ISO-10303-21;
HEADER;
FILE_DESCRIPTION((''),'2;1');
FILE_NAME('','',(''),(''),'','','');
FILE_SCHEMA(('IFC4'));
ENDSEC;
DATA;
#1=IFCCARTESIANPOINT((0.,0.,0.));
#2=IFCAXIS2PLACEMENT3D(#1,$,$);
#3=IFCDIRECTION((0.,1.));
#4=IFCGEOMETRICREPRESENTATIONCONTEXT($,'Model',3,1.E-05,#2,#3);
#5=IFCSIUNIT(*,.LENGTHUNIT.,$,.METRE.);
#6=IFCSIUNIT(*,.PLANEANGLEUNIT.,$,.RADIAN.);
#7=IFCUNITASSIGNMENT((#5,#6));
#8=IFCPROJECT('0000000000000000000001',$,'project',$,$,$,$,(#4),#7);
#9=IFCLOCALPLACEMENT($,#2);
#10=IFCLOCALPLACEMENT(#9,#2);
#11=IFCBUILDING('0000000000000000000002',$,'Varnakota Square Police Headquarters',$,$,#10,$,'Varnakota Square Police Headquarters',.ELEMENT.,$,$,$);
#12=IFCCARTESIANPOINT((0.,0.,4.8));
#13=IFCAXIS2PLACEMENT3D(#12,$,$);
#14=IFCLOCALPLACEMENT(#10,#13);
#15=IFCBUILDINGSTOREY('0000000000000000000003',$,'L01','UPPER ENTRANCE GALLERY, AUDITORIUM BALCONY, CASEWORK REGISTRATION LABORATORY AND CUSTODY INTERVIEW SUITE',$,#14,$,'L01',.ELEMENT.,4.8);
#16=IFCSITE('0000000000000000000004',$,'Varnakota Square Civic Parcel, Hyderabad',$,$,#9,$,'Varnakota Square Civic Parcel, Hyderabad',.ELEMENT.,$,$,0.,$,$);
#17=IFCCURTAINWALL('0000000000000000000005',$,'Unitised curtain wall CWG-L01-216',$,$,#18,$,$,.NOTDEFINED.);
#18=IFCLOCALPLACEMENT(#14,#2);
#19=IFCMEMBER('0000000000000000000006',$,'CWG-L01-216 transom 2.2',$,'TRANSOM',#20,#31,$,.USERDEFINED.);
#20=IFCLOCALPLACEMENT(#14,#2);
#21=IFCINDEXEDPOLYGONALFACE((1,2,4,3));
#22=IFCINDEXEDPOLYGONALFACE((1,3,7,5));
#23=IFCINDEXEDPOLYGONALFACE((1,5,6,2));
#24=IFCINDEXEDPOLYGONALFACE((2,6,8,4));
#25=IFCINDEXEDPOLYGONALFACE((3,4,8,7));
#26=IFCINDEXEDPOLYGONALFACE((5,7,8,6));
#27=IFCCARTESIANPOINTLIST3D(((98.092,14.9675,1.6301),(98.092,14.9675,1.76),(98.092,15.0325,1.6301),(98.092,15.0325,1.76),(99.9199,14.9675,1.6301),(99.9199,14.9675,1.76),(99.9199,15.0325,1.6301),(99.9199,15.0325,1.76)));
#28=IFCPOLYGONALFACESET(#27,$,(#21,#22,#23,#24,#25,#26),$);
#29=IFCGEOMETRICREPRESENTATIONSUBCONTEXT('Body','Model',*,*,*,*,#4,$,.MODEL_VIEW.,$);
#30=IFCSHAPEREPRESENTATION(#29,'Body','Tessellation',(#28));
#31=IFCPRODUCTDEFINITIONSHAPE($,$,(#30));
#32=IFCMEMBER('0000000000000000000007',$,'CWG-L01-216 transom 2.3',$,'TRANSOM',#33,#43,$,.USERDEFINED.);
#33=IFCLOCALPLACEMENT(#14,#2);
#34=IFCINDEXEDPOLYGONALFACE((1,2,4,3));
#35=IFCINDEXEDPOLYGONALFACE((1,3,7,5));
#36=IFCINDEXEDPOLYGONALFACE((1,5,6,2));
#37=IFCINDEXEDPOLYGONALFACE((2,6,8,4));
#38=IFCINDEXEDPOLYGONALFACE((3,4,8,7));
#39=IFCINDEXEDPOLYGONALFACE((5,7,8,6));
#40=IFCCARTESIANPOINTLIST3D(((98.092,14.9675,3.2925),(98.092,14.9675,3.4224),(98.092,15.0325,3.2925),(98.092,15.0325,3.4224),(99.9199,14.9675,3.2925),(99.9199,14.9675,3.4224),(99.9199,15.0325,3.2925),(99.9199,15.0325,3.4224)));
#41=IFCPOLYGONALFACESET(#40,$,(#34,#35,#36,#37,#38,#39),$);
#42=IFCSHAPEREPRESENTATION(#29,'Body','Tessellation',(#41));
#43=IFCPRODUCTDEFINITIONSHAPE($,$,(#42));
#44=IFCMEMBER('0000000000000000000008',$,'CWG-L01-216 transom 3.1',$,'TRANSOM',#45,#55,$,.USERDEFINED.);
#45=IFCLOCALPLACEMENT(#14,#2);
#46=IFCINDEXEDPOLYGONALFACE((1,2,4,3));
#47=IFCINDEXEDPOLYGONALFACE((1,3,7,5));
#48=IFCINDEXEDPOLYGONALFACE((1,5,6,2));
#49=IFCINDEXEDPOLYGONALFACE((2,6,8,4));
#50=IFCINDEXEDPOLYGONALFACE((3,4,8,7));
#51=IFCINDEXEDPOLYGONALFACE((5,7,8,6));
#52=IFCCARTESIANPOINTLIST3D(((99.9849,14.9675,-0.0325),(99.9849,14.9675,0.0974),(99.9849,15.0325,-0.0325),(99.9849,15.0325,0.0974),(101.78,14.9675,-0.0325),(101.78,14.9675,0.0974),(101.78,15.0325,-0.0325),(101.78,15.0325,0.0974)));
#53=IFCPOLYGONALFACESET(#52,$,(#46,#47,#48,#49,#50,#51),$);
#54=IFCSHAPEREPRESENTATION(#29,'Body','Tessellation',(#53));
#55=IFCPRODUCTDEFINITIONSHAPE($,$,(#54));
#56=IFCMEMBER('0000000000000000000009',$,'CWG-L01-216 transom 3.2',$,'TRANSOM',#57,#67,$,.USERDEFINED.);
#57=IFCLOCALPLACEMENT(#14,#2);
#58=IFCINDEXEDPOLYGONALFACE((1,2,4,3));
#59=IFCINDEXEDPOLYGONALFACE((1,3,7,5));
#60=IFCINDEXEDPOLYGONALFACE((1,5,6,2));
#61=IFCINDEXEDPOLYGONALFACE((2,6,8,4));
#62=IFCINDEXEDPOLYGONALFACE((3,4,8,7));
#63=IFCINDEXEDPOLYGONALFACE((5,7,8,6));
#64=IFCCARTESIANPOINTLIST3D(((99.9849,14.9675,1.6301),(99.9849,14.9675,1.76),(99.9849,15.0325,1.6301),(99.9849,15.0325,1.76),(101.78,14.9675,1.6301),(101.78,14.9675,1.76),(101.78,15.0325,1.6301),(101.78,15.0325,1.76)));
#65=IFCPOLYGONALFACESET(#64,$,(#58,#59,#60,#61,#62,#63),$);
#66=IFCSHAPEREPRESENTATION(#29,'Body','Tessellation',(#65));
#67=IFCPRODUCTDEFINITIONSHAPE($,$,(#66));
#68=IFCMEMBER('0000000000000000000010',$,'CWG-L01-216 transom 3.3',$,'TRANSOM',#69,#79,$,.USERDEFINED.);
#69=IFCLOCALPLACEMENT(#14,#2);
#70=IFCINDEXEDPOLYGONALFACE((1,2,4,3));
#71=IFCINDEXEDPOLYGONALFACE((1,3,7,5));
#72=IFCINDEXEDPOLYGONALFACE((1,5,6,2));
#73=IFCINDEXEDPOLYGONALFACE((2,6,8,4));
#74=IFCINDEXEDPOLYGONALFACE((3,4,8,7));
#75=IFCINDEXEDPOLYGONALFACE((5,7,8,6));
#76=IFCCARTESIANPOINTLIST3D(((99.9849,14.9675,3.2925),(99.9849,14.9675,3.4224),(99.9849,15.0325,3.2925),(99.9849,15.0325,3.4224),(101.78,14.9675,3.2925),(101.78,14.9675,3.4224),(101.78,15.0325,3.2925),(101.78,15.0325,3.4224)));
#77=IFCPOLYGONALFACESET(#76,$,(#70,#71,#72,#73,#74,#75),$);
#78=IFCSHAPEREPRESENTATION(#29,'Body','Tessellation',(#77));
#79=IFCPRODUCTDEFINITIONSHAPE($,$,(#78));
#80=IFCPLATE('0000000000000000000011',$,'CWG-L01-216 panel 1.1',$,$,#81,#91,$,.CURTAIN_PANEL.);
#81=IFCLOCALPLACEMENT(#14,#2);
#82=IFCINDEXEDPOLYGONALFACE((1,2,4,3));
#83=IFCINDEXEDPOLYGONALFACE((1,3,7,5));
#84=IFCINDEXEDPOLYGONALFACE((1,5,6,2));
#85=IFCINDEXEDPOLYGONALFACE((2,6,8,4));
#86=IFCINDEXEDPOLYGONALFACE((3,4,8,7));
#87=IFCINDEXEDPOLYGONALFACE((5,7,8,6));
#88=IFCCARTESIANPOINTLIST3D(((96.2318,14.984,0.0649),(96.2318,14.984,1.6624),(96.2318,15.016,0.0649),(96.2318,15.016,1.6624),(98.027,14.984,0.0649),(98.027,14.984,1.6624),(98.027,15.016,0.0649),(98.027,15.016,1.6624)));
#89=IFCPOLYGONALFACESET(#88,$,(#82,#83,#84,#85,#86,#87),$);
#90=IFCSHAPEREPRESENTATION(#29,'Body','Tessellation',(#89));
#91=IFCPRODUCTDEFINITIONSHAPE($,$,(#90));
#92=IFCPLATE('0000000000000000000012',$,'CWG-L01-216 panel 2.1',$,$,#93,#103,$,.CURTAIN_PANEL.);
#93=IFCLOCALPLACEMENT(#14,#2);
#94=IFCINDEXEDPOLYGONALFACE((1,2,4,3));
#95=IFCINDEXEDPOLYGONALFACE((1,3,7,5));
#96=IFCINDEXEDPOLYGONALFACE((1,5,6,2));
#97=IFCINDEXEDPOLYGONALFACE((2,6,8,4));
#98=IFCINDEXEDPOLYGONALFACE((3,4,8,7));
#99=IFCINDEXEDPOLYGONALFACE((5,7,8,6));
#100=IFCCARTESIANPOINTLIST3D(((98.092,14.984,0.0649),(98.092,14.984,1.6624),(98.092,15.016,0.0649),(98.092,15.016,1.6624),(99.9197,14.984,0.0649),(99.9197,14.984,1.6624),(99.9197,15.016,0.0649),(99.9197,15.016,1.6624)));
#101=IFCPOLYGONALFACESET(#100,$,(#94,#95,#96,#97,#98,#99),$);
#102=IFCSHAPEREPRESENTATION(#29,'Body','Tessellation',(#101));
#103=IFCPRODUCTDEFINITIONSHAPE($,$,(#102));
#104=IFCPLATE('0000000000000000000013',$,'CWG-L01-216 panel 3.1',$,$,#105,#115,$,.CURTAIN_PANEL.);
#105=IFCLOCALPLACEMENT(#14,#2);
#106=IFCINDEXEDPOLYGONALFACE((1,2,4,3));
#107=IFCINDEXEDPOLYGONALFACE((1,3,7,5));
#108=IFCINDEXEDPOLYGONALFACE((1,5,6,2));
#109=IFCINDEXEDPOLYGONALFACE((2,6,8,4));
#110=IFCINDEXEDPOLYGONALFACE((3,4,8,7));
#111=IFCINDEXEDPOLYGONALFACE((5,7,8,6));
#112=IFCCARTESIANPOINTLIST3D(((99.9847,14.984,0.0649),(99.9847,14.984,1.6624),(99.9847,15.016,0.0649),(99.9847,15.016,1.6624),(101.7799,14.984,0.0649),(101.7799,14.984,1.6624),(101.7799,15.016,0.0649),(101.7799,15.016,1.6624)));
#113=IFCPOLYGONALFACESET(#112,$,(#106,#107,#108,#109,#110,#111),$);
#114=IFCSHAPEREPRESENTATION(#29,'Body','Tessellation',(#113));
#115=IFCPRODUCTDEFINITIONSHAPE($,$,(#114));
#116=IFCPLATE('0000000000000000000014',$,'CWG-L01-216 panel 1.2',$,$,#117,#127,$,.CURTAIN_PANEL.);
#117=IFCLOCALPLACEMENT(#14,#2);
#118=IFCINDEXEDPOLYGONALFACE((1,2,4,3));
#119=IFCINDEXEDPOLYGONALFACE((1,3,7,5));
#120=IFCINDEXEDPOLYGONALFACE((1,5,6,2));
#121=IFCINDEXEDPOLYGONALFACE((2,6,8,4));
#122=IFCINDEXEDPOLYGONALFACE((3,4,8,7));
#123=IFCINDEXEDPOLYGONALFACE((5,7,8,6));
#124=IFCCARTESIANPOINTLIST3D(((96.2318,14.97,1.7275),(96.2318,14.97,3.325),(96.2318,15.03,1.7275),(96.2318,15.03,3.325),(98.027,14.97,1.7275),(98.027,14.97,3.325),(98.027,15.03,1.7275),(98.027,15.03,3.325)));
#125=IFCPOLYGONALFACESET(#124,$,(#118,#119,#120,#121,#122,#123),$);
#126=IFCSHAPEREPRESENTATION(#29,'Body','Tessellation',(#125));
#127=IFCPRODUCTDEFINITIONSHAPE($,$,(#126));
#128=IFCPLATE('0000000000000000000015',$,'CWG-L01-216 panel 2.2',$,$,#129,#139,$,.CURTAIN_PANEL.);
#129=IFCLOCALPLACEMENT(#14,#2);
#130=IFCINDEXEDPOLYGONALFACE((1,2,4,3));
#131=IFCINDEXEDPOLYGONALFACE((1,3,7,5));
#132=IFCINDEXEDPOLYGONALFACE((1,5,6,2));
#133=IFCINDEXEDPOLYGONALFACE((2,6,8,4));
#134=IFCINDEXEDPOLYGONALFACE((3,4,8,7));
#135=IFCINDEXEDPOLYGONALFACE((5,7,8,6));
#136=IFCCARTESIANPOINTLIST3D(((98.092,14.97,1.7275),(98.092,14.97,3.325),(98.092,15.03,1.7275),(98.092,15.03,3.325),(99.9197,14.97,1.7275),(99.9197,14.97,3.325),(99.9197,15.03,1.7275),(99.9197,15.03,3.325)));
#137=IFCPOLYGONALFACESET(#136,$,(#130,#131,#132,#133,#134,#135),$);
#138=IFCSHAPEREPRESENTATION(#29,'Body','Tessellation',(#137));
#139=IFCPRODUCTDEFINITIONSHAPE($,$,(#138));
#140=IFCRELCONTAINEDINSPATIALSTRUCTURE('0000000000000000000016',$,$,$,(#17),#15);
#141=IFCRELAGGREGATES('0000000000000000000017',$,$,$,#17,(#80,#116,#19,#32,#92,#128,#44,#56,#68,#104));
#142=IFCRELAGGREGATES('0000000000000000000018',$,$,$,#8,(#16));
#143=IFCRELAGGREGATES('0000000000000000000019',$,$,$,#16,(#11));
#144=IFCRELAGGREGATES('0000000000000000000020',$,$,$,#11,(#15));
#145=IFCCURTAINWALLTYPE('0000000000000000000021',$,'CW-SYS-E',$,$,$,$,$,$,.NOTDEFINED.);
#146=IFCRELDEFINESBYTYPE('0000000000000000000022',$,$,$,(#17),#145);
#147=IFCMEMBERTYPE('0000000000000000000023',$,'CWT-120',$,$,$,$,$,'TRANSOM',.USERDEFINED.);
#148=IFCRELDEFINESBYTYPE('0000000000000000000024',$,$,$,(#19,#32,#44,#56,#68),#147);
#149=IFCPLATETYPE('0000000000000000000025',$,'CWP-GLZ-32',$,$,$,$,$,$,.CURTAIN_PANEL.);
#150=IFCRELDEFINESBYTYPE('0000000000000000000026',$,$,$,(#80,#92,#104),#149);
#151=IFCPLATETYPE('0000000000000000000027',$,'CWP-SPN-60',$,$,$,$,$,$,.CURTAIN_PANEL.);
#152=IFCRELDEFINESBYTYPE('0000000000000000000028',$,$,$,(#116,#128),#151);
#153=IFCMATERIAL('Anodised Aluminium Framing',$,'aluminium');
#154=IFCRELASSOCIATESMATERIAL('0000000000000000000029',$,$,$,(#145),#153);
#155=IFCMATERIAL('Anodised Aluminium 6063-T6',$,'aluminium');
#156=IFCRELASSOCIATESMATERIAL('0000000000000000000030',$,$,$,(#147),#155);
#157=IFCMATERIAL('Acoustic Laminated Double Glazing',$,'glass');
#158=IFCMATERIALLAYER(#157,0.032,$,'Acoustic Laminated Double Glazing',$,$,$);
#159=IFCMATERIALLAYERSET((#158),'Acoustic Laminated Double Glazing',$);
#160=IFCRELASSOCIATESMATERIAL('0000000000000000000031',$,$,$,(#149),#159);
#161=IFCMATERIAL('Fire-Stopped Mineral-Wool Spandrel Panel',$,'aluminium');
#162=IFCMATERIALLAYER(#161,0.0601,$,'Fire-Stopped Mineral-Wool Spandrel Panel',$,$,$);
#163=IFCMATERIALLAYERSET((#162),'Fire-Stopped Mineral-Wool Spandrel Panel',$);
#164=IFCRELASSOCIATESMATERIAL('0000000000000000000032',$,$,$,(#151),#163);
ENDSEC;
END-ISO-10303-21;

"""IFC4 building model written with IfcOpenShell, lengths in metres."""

from ifc_helpers import new_model, si_unit, direction, frame, origin, origin_2d, place, context, subcontext, project, spatial, rectangle, extrude, material, layer, layer_set, material_profile, profile_set, type_object, element, aggregate, save


model = new_model("IFC4")

# Units and contexts
model_context = context("Model", 3, precision=1e-05, world=origin(), true_north=direction((0.0, 1.0)))
body_context = subcontext(model_context, "Body", "Model", "MODEL_VIEW")
ifc_project = project(units=[si_unit("LENGTHUNIT", "METRE"), si_unit("PLANEANGLEUNIT", "RADIAN")], contexts=[model_context])

# Site, building, storey
site_placement = place(None, origin())
site = spatial("IfcSite", under=ifc_project, at=site_placement, Name="Varnakota Square Civic Parcel, Hyderabad", LongName="Varnakota Square Civic Parcel, Hyderabad", CompositionType="ELEMENT", RefElevation=0.0)
building_placement = place(site_placement, origin())
building = spatial("IfcBuilding", under=site, at=building_placement, Name="Varnakota Square Police Headquarters", LongName="Varnakota Square Police Headquarters", CompositionType="ELEMENT")
storey_placement = place(building_placement, frame((0.0, 0.0, 4.8)))
storey = spatial("IfcBuildingStorey", under=building, at=storey_placement, Name="L01", Description="UPPER ENTRANCE GALLERY, AUDITORIUM BALCONY, CASEWORK REGISTRATION LABORATORY AND CUSTODY INTERVIEW SUITE", LongName="L01", CompositionType="ELEMENT", Elevation=4.8)

# Curtain wall, members, plates
ifc_material_1 = material(Name="Anodised Aluminium Framing", Category="aluminium")
curtain_wall_type = type_object("IfcCurtainWallType", Name="CW-SYS-E", PredefinedType="NOTDEFINED", material=ifc_material_1)
curtain_wall_placement = place(storey_placement, origin())
curtain_wall = element("IfcCurtainWall", 1, at=curtain_wall_placement, inside=storey, type_object=curtain_wall_type, Name="Unitised curtain wall CWG-L01-216", PredefinedType="NOTDEFINED")
ifc_material_2 = material(Name="Anodised Aluminium 6063-T6", Category="aluminium")
ifc_material_profile_1 = material_profile(ifc_material_2, rectangle(XDim=0.0649, YDim=0.1299, at=origin_2d()), Name="ALU TRANSOM 65x130")
ifc_profile_set_1 = profile_set([ifc_material_profile_1], Name="Anodised Aluminium 6063-T6")
member_type_1 = type_object("IfcMemberType", Name="CWT-120", ElementType="TRANSOM", PredefinedType="USERDEFINED", material=ifc_profile_set_1)
member_1_placement = place(storey_placement, frame((98.092, 15.0, 1.6951), z_axis=(1.0, 0.0, 0.0), x_axis=(0.0, 1.0, 0.0)))
member_1 = element("IfcMember", 2, at=member_1_placement, type_object=member_type_1, Name="CWG-L01-216 transom 2.2", ObjectType="TRANSOM", PredefinedType="USERDEFINED", context=body_context, shape_type="SweptSolid", body=[
    extrude(rectangle(XDim=0.0649, YDim=0.1299, at=origin_2d()), origin(), (0.0, 0.0, 1.0), 1.8279),
])
member_2_placement = place(storey_placement, frame((98.092, 15.0, 3.3574), z_axis=(1.0, 0.0, 0.0), x_axis=(0.0, 1.0, 0.0)))
member_2 = element("IfcMember", 3, at=member_2_placement, type_object=member_type_1, Name="CWG-L01-216 transom 2.3", ObjectType="TRANSOM", PredefinedType="USERDEFINED", context=body_context, shape_type="SweptSolid", body=[
    extrude(rectangle(XDim=0.0649, YDim=0.1299, at=origin_2d()), origin(), (0.0, 0.0, 1.0), 1.8279),
])
member_3_placement = place(storey_placement, frame((99.9849, 15.0, 0.0325), z_axis=(1.0, 0.0, 0.0), x_axis=(0.0, 1.0, 0.0)))
member_3 = element("IfcMember", 4, at=member_3_placement, type_object=member_type_1, Name="CWG-L01-216 transom 3.1", ObjectType="TRANSOM", PredefinedType="USERDEFINED", context=body_context, shape_type="SweptSolid", body=[
    extrude(rectangle(XDim=0.0649, YDim=0.1299, at=origin_2d()), origin(), (0.0, 0.0, 1.0), 1.7952),
])
member_4_placement = place(storey_placement, frame((99.9849, 15.0, 1.6951), z_axis=(1.0, 0.0, 0.0), x_axis=(0.0, 1.0, 0.0)))
member_4 = element("IfcMember", 5, at=member_4_placement, type_object=member_type_1, Name="CWG-L01-216 transom 3.2", ObjectType="TRANSOM", PredefinedType="USERDEFINED", context=body_context, shape_type="SweptSolid", body=[
    extrude(rectangle(XDim=0.0649, YDim=0.1299, at=origin_2d()), origin(), (0.0, 0.0, 1.0), 1.7952),
])
member_5_placement = place(storey_placement, frame((99.9849, 15.0, 3.3574), z_axis=(1.0, 0.0, 0.0), x_axis=(0.0, 1.0, 0.0)))
member_5 = element("IfcMember", 6, at=member_5_placement, type_object=member_type_1, Name="CWG-L01-216 transom 3.3", ObjectType="TRANSOM", PredefinedType="USERDEFINED", context=body_context, shape_type="SweptSolid", body=[
    extrude(rectangle(XDim=0.0649, YDim=0.1299, at=origin_2d()), origin(), (0.0, 0.0, 1.0), 1.7952),
])
ifc_material_3 = material(Name="Acoustic Laminated Double Glazing", Category="glass")
ifc_layer_1 = layer(ifc_material_3, 0.032, Name="Acoustic Laminated Double Glazing")
ifc_layer_set_1 = layer_set([ifc_layer_1], Name="Acoustic Laminated Double Glazing")
plate_type_1 = type_object("IfcPlateType", Name="CWP-GLZ-32", PredefinedType="CURTAIN_PANEL", material=ifc_layer_set_1)
plate_1_placement = place(storey_placement, frame((97.1294, 15.0, 0.0649), z_axis=(0.0, 0.0, 1.0), x_axis=(1.0, 0.0, 0.0)))
plate_1 = element("IfcPlate", 7, at=plate_1_placement, type_object=plate_type_1, Name="CWG-L01-216 panel 1.1", PredefinedType="CURTAIN_PANEL", context=body_context, shape_type="SweptSolid", body=[
    extrude(rectangle(XDim=1.7952, YDim=0.032, at=origin_2d()), origin(), (0.0, 0.0, 1.0), 1.5974),
])
plate_2_placement = place(storey_placement, frame((99.0059, 15.0, 0.0649), z_axis=(0.0, 0.0, 1.0), x_axis=(1.0, 0.0, 0.0)))
plate_2 = element("IfcPlate", 8, at=plate_2_placement, type_object=plate_type_1, Name="CWG-L01-216 panel 2.1", PredefinedType="CURTAIN_PANEL", context=body_context, shape_type="SweptSolid", body=[
    extrude(rectangle(XDim=1.8276, YDim=0.032, at=origin_2d()), origin(), (0.0, 0.0, 1.0), 1.5974),
])
plate_3_placement = place(storey_placement, frame((100.8823, 15.0, 0.0649), z_axis=(0.0, 0.0, 1.0), x_axis=(1.0, 0.0, 0.0)))
plate_3 = element("IfcPlate", 9, at=plate_3_placement, type_object=plate_type_1, Name="CWG-L01-216 panel 3.1", PredefinedType="CURTAIN_PANEL", context=body_context, shape_type="SweptSolid", body=[
    extrude(rectangle(XDim=1.7952, YDim=0.032, at=origin_2d()), origin(), (0.0, 0.0, 1.0), 1.5974),
])
ifc_material_4 = material(Name="Fire-Stopped Mineral-Wool Spandrel Panel", Category="aluminium")
ifc_layer_2 = layer(ifc_material_4, 0.0601, Name="Fire-Stopped Mineral-Wool Spandrel Panel")
ifc_layer_set_2 = layer_set([ifc_layer_2], Name="Fire-Stopped Mineral-Wool Spandrel Panel")
plate_type_2 = type_object("IfcPlateType", Name="CWP-SPN-60", PredefinedType="CURTAIN_PANEL", material=ifc_layer_set_2)
plate_4_placement = place(storey_placement, frame((97.1294, 15.0, 1.7275), z_axis=(0.0, 0.0, 1.0), x_axis=(1.0, 0.0, 0.0)))
plate_4 = element("IfcPlate", 10, at=plate_4_placement, type_object=plate_type_2, Name="CWG-L01-216 panel 1.2", PredefinedType="CURTAIN_PANEL", context=body_context, shape_type="SweptSolid", body=[
    extrude(rectangle(XDim=1.7952, YDim=0.0601, at=origin_2d()), origin(), (0.0, 0.0, 1.0), 1.5974),
])
plate_5_placement = place(storey_placement, frame((99.0059, 15.0, 1.7275), z_axis=(0.0, 0.0, 1.0), x_axis=(1.0, 0.0, 0.0)))
plate_5 = element("IfcPlate", 11, at=plate_5_placement, type_object=plate_type_2, Name="CWG-L01-216 panel 2.2", PredefinedType="CURTAIN_PANEL", context=body_context, shape_type="SweptSolid", body=[
    extrude(rectangle(XDim=1.8276, YDim=0.0601, at=origin_2d()), origin(), (0.0, 0.0, 1.0), 1.5974),
])
aggregate(curtain_wall, [plate_1, plate_4, member_1, member_2, plate_2, plate_5, member_3, member_4, member_5, plate_3])

save(model, "model.ifc")
